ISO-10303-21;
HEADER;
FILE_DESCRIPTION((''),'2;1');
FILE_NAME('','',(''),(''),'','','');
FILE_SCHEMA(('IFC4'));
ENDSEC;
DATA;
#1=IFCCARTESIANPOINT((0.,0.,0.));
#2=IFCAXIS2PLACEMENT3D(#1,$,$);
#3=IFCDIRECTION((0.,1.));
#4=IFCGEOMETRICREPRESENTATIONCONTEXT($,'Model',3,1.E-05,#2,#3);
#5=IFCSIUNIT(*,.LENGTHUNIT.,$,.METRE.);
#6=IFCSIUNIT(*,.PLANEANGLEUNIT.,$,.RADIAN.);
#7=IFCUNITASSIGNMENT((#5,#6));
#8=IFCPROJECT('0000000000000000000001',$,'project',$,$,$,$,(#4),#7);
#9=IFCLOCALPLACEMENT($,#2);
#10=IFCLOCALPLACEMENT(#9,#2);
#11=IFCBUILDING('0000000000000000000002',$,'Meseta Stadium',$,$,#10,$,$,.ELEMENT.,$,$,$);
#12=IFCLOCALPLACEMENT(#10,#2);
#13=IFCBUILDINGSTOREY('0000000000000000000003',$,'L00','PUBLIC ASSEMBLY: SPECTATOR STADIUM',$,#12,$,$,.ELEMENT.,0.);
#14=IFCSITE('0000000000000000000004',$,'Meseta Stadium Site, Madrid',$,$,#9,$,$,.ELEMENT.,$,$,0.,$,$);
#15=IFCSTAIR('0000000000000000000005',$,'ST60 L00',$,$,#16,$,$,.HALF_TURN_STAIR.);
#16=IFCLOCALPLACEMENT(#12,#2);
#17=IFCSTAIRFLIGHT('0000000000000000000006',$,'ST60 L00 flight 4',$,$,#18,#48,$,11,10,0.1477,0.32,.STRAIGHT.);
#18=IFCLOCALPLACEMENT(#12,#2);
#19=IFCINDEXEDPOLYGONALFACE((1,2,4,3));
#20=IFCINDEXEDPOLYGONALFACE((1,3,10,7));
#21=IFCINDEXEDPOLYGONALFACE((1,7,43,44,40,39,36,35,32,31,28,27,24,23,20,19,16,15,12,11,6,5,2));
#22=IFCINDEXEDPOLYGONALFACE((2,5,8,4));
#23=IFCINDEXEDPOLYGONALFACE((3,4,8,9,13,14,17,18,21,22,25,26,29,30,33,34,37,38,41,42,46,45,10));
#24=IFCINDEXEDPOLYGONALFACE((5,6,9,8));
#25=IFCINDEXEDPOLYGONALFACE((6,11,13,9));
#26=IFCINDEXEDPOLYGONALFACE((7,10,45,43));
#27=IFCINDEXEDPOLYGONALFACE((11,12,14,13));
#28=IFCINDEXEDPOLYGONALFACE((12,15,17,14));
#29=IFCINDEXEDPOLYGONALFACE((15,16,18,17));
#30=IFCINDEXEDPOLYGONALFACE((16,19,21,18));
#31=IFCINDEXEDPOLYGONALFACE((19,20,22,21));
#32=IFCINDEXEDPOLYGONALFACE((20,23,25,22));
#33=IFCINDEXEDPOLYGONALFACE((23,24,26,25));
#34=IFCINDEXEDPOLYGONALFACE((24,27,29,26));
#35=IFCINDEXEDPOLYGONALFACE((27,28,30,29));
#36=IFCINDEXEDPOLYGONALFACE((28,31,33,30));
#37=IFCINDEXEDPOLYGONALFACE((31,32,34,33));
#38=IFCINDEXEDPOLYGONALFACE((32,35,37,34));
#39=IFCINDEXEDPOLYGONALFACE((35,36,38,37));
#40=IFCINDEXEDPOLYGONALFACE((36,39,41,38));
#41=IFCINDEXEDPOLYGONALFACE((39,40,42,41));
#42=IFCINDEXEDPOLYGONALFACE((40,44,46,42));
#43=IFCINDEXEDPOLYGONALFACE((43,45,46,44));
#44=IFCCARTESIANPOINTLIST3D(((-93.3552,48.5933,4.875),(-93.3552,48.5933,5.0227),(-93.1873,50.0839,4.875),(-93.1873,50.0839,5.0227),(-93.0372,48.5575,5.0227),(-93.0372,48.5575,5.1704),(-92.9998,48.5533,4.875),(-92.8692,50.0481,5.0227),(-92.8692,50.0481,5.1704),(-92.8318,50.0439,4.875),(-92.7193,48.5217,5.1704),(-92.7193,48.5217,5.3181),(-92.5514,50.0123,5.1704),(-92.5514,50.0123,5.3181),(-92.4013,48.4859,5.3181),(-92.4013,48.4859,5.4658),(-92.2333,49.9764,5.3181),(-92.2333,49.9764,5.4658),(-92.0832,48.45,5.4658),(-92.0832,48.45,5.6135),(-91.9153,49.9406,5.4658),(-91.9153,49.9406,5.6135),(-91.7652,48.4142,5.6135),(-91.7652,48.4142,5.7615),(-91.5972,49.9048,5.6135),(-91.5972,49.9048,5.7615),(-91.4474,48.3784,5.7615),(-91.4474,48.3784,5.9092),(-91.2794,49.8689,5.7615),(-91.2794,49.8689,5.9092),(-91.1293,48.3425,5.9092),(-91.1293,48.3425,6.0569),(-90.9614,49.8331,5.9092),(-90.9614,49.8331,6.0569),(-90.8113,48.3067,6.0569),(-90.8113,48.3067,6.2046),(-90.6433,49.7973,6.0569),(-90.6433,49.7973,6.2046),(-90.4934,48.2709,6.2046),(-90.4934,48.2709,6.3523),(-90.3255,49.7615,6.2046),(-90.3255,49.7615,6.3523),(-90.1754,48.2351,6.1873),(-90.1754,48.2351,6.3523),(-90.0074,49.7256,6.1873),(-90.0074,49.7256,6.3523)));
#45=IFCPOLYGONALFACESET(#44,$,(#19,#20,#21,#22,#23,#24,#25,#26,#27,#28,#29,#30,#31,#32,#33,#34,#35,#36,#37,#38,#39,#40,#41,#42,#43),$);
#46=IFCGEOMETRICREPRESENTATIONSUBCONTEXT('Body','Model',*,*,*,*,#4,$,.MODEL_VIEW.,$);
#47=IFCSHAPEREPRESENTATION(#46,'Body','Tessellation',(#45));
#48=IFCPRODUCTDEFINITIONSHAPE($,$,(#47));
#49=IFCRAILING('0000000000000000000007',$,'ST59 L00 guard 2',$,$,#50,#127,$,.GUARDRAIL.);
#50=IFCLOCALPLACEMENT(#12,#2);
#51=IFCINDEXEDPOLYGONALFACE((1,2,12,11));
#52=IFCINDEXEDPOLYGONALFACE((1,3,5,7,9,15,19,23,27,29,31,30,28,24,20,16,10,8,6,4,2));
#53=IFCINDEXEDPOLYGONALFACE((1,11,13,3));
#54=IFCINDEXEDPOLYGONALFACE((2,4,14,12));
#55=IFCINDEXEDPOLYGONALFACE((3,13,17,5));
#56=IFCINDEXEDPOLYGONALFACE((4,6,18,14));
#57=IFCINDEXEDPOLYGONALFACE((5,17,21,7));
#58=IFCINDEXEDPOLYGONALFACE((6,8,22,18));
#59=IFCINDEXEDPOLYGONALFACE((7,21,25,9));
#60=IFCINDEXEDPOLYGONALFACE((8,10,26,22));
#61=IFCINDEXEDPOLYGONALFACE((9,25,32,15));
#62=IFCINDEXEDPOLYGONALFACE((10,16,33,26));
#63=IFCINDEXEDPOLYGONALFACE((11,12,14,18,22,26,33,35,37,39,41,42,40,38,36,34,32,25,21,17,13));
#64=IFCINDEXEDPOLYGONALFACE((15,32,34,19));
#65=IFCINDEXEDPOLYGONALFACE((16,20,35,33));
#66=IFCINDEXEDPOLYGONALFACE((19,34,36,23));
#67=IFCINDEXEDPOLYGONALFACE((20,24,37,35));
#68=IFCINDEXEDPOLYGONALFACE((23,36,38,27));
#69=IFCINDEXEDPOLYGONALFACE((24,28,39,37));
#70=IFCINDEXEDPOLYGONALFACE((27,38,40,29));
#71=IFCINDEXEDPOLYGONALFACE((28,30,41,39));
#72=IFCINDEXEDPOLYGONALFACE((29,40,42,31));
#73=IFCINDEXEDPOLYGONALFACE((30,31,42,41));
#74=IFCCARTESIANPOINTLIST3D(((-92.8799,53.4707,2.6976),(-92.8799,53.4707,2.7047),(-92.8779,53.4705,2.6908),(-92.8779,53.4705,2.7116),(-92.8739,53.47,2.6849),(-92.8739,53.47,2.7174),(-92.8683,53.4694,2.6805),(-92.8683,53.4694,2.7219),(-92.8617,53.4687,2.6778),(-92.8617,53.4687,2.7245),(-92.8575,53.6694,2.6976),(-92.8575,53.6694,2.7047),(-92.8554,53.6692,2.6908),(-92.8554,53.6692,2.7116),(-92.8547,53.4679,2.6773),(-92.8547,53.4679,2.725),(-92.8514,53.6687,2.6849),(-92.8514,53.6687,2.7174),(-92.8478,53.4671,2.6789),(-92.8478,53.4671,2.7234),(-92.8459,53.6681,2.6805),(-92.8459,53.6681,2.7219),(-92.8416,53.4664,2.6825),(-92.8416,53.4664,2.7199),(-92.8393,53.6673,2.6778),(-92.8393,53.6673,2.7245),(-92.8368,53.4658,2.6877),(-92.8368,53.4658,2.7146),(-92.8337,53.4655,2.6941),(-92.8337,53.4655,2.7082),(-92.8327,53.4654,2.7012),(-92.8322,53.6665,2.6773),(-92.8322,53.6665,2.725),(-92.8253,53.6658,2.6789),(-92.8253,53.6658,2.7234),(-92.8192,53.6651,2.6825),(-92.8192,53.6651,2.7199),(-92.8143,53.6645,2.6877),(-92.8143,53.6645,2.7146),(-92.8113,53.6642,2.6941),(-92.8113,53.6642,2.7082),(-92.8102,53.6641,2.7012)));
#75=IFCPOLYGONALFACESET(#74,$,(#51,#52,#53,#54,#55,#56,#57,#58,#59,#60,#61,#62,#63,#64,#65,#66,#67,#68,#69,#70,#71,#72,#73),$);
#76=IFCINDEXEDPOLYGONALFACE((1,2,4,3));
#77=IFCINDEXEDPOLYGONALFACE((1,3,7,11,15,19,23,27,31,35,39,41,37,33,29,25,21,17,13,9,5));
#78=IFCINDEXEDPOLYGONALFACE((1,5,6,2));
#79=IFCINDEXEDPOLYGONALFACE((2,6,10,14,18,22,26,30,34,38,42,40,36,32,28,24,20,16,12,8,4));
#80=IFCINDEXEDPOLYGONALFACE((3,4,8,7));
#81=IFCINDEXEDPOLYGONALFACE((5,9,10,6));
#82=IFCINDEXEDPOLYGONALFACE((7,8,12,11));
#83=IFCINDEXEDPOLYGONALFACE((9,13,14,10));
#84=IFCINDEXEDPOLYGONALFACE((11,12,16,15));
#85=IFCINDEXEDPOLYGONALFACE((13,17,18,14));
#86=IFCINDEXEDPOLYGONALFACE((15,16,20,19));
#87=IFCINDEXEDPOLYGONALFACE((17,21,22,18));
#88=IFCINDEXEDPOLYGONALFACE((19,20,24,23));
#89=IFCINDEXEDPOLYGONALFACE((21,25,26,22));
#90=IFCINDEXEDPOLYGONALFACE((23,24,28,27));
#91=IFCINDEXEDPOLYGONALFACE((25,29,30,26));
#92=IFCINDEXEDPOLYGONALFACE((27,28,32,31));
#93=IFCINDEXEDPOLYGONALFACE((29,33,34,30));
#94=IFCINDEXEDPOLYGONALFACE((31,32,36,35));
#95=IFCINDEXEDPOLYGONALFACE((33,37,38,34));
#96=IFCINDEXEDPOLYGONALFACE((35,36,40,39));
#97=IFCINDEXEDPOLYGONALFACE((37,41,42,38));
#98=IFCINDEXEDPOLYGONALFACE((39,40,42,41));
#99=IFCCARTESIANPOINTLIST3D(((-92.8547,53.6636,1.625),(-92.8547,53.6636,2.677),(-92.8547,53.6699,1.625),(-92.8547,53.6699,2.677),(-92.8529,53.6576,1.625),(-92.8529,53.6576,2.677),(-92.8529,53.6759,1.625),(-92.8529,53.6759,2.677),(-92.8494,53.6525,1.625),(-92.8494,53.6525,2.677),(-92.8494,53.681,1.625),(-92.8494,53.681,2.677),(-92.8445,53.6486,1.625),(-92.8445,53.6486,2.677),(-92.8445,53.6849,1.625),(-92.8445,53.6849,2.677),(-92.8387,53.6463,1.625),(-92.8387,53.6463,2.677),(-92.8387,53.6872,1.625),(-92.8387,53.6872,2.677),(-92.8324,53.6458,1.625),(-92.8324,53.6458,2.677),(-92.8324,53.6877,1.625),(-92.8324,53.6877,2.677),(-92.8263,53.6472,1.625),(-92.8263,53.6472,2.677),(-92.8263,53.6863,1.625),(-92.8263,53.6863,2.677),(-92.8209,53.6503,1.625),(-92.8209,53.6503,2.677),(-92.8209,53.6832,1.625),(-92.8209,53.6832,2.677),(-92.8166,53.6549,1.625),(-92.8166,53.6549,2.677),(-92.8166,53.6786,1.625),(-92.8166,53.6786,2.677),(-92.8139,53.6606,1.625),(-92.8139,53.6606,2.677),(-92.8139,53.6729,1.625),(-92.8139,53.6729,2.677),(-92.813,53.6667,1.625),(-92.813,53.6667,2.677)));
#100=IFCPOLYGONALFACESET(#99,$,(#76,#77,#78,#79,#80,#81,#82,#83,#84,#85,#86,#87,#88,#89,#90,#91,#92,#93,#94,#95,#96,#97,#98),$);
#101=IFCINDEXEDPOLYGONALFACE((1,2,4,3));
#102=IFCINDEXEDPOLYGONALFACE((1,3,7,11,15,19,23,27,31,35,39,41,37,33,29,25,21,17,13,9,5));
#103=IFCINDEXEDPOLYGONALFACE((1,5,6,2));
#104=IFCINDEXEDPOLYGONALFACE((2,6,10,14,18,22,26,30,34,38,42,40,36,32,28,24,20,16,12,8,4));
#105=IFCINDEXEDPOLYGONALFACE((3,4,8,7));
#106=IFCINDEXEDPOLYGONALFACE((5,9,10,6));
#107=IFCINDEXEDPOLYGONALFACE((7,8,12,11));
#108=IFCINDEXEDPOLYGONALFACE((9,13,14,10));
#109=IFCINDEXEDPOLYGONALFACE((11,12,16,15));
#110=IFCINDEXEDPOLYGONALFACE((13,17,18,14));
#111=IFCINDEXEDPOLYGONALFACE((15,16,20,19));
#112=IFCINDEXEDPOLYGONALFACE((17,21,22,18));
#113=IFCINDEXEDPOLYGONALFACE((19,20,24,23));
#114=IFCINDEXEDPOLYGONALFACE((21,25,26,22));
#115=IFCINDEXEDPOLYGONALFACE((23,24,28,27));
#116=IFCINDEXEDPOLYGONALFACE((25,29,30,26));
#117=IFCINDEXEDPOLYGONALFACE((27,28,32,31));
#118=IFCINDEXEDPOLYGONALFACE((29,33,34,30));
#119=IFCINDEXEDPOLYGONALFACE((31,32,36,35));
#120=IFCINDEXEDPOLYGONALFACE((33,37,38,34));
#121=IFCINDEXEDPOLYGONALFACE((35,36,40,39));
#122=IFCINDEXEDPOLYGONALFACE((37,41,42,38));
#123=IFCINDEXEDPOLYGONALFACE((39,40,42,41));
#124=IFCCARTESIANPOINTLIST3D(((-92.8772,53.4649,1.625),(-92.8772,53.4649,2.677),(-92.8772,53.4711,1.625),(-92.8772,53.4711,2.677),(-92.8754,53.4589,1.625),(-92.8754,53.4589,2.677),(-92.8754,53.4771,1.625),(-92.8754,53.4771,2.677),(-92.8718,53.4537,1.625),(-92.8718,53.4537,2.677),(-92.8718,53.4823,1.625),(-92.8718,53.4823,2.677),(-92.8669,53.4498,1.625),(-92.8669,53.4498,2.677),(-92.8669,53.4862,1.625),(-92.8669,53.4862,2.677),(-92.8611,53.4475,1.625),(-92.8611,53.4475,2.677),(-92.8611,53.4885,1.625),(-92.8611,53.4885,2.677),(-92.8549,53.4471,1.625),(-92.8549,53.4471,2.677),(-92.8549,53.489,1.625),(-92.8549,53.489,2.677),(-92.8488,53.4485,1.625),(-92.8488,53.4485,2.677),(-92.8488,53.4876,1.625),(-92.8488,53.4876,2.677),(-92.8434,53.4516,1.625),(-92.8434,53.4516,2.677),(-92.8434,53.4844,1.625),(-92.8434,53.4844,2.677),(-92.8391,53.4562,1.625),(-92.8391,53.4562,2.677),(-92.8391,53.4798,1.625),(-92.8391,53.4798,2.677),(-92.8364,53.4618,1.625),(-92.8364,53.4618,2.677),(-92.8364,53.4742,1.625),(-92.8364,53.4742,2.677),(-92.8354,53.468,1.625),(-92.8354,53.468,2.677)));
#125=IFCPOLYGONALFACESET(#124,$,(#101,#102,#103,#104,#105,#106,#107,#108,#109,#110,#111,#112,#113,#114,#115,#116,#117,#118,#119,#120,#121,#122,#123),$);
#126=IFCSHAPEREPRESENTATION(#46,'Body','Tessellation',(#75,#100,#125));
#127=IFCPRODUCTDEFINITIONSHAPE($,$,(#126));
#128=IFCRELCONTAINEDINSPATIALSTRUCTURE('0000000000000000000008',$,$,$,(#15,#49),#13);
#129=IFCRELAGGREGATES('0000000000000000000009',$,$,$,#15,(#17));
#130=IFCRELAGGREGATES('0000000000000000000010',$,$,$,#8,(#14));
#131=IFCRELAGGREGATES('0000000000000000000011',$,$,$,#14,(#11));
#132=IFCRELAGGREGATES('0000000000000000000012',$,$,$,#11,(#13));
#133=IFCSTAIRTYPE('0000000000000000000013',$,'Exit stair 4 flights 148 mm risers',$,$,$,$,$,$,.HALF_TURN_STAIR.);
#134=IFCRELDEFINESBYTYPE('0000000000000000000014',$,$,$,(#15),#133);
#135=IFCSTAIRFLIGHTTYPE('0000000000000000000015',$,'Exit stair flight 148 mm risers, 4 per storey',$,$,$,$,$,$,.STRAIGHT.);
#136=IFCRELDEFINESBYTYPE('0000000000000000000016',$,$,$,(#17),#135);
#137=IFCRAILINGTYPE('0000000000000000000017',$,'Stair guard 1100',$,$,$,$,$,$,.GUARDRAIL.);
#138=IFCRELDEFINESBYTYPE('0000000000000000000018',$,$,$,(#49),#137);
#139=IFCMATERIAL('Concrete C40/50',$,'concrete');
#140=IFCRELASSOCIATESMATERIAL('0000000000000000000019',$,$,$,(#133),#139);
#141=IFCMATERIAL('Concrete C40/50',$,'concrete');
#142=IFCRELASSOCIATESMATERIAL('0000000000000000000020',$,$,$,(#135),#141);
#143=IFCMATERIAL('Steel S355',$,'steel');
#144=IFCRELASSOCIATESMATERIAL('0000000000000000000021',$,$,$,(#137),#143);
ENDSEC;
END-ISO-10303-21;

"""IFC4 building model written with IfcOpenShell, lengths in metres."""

from ifc_helpers import new_model, si_unit, direction, frame, origin, origin_2d, place, context, subcontext, project, spatial, polyline, circle, outline, extrude, material, type_object, element, aggregate, save


model = new_model("IFC4")

# Units and contexts
model_context = context("Model", 3, precision=1e-05, world=origin(), true_north=direction((0.0, 1.0)))
body_context = subcontext(model_context, "Body", "Model", "MODEL_VIEW")
ifc_project = project(units=[si_unit("LENGTHUNIT", "METRE"), si_unit("PLANEANGLEUNIT", "RADIAN")], contexts=[model_context])

# Site, building, storey
site_placement = place(None, origin())
site = spatial("IfcSite", under=ifc_project, at=site_placement, Name="Meseta Stadium Site, Madrid", CompositionType="ELEMENT", RefElevation=0.0)
building_placement = place(site_placement, origin())
building = spatial("IfcBuilding", under=site, at=building_placement, Name="Meseta Stadium", CompositionType="ELEMENT")
storey_placement = place(building_placement, origin())
storey = spatial("IfcBuildingStorey", under=building, at=storey_placement, Name="L00", Description="PUBLIC ASSEMBLY: SPECTATOR STADIUM", CompositionType="ELEMENT", Elevation=0.0)

# Stair, stair flight
ifc_material_1 = material(Name="Concrete C40/50", Category="concrete")
stair_type = type_object("IfcStairType", Name="Exit stair 4 flights 148 mm risers", PredefinedType="HALF_TURN_STAIR", material=ifc_material_1)
ifc_material_2 = material(Name="Concrete C40/50", Category="concrete")
stair_flight_type = type_object("IfcStairFlightType", Name="Exit stair flight 148 mm risers, 4 per storey", PredefinedType="STRAIGHT", material=ifc_material_2)
stair_1_placement = place(storey_placement, origin())
stair_1 = element("IfcStair", 1, at=stair_1_placement, inside=storey, type_object=stair_type, Name="ST60 L00", PredefinedType="HALF_TURN_STAIR")
stair_flight_1_placement = place(storey_placement, frame((-93.2712, 49.3386, 4.875), z_axis=(0.0, 0.0, 1.0), x_axis=(0.993712, -0.111964, 0.0)))
stair_flight_1 = element("IfcStairFlight", 2, at=stair_flight_1_placement, type_object=stair_flight_type, Name="ST60 L00 flight 4", NumberOfRisers=11, NumberOfTreads=10, PredefinedType="STRAIGHT", RiserHeight=0.1477, TreadLength=0.32, context=body_context, shape_type="SweptSolid", body=[
    extrude(outline(polyline([(0.0, 0.0), (0.0, 0.1477), (0.3201, 0.1477), (0.3201, 0.2954), (0.6399, 0.2954), (0.6399, 0.4431), (0.96, 0.4431), (0.96, 0.5908), (1.28, 0.5908), (1.28, 0.7385), (1.6001, 0.7385), (1.6001, 0.8865), (1.9199, 0.8865), (1.9199, 1.0342), (2.24, 1.0342), (2.24, 1.1819), (2.5601, 1.1819), (2.5601, 1.3296), (2.8799, 1.3296), (2.8799, 1.4773), (3.2, 1.4773), (3.2, 1.3123), (0.3577, 0.0), (0.0, 0.0)])), frame((0.0, 0.75, 0.0), z_axis=(0.0, -1.0, 0.0), x_axis=(1.0, 0.0, 0.0)), (0.0, 0.0, 1.0), 1.5),
])
aggregate(stair_1, [stair_flight_1])

# Railing
ifc_material_3 = material(Name="Steel S355", Category="steel")
railing_type_1 = type_object("IfcRailingType", Name="Stair guard 1100", PredefinedType="GUARDRAIL", material=ifc_material_3)
railing_1_placement = place(storey_placement, frame((-92.834, 53.6667, 1.625)))
element("IfcRailing", 3, at=railing_1_placement, inside=storey, type_object=railing_type_1, Name="ST59 L00 guard 2", PredefinedType="GUARDRAIL", context=body_context, shape_type="SweptSolid", body=[
    extrude(circle(Radius=0.0239, at=origin_2d()), frame((0.0, 0.0, 1.0762), z_axis=(-0.112307, -0.993674, 0.0), x_axis=(0.993674, -0.112307, 0.0)), (0.0, 0.0, 1.0), 0.2),
    extrude(circle(Radius=0.021, at=origin_2d()), origin(), (0.0, 0.0, 1.0), 1.052),
    extrude(circle(Radius=0.021, at=origin_2d()), frame((-0.0225, -0.1987, 0.0)), (0.0, 0.0, 1.0), 1.052),
])

save(model, "model.ifc")
